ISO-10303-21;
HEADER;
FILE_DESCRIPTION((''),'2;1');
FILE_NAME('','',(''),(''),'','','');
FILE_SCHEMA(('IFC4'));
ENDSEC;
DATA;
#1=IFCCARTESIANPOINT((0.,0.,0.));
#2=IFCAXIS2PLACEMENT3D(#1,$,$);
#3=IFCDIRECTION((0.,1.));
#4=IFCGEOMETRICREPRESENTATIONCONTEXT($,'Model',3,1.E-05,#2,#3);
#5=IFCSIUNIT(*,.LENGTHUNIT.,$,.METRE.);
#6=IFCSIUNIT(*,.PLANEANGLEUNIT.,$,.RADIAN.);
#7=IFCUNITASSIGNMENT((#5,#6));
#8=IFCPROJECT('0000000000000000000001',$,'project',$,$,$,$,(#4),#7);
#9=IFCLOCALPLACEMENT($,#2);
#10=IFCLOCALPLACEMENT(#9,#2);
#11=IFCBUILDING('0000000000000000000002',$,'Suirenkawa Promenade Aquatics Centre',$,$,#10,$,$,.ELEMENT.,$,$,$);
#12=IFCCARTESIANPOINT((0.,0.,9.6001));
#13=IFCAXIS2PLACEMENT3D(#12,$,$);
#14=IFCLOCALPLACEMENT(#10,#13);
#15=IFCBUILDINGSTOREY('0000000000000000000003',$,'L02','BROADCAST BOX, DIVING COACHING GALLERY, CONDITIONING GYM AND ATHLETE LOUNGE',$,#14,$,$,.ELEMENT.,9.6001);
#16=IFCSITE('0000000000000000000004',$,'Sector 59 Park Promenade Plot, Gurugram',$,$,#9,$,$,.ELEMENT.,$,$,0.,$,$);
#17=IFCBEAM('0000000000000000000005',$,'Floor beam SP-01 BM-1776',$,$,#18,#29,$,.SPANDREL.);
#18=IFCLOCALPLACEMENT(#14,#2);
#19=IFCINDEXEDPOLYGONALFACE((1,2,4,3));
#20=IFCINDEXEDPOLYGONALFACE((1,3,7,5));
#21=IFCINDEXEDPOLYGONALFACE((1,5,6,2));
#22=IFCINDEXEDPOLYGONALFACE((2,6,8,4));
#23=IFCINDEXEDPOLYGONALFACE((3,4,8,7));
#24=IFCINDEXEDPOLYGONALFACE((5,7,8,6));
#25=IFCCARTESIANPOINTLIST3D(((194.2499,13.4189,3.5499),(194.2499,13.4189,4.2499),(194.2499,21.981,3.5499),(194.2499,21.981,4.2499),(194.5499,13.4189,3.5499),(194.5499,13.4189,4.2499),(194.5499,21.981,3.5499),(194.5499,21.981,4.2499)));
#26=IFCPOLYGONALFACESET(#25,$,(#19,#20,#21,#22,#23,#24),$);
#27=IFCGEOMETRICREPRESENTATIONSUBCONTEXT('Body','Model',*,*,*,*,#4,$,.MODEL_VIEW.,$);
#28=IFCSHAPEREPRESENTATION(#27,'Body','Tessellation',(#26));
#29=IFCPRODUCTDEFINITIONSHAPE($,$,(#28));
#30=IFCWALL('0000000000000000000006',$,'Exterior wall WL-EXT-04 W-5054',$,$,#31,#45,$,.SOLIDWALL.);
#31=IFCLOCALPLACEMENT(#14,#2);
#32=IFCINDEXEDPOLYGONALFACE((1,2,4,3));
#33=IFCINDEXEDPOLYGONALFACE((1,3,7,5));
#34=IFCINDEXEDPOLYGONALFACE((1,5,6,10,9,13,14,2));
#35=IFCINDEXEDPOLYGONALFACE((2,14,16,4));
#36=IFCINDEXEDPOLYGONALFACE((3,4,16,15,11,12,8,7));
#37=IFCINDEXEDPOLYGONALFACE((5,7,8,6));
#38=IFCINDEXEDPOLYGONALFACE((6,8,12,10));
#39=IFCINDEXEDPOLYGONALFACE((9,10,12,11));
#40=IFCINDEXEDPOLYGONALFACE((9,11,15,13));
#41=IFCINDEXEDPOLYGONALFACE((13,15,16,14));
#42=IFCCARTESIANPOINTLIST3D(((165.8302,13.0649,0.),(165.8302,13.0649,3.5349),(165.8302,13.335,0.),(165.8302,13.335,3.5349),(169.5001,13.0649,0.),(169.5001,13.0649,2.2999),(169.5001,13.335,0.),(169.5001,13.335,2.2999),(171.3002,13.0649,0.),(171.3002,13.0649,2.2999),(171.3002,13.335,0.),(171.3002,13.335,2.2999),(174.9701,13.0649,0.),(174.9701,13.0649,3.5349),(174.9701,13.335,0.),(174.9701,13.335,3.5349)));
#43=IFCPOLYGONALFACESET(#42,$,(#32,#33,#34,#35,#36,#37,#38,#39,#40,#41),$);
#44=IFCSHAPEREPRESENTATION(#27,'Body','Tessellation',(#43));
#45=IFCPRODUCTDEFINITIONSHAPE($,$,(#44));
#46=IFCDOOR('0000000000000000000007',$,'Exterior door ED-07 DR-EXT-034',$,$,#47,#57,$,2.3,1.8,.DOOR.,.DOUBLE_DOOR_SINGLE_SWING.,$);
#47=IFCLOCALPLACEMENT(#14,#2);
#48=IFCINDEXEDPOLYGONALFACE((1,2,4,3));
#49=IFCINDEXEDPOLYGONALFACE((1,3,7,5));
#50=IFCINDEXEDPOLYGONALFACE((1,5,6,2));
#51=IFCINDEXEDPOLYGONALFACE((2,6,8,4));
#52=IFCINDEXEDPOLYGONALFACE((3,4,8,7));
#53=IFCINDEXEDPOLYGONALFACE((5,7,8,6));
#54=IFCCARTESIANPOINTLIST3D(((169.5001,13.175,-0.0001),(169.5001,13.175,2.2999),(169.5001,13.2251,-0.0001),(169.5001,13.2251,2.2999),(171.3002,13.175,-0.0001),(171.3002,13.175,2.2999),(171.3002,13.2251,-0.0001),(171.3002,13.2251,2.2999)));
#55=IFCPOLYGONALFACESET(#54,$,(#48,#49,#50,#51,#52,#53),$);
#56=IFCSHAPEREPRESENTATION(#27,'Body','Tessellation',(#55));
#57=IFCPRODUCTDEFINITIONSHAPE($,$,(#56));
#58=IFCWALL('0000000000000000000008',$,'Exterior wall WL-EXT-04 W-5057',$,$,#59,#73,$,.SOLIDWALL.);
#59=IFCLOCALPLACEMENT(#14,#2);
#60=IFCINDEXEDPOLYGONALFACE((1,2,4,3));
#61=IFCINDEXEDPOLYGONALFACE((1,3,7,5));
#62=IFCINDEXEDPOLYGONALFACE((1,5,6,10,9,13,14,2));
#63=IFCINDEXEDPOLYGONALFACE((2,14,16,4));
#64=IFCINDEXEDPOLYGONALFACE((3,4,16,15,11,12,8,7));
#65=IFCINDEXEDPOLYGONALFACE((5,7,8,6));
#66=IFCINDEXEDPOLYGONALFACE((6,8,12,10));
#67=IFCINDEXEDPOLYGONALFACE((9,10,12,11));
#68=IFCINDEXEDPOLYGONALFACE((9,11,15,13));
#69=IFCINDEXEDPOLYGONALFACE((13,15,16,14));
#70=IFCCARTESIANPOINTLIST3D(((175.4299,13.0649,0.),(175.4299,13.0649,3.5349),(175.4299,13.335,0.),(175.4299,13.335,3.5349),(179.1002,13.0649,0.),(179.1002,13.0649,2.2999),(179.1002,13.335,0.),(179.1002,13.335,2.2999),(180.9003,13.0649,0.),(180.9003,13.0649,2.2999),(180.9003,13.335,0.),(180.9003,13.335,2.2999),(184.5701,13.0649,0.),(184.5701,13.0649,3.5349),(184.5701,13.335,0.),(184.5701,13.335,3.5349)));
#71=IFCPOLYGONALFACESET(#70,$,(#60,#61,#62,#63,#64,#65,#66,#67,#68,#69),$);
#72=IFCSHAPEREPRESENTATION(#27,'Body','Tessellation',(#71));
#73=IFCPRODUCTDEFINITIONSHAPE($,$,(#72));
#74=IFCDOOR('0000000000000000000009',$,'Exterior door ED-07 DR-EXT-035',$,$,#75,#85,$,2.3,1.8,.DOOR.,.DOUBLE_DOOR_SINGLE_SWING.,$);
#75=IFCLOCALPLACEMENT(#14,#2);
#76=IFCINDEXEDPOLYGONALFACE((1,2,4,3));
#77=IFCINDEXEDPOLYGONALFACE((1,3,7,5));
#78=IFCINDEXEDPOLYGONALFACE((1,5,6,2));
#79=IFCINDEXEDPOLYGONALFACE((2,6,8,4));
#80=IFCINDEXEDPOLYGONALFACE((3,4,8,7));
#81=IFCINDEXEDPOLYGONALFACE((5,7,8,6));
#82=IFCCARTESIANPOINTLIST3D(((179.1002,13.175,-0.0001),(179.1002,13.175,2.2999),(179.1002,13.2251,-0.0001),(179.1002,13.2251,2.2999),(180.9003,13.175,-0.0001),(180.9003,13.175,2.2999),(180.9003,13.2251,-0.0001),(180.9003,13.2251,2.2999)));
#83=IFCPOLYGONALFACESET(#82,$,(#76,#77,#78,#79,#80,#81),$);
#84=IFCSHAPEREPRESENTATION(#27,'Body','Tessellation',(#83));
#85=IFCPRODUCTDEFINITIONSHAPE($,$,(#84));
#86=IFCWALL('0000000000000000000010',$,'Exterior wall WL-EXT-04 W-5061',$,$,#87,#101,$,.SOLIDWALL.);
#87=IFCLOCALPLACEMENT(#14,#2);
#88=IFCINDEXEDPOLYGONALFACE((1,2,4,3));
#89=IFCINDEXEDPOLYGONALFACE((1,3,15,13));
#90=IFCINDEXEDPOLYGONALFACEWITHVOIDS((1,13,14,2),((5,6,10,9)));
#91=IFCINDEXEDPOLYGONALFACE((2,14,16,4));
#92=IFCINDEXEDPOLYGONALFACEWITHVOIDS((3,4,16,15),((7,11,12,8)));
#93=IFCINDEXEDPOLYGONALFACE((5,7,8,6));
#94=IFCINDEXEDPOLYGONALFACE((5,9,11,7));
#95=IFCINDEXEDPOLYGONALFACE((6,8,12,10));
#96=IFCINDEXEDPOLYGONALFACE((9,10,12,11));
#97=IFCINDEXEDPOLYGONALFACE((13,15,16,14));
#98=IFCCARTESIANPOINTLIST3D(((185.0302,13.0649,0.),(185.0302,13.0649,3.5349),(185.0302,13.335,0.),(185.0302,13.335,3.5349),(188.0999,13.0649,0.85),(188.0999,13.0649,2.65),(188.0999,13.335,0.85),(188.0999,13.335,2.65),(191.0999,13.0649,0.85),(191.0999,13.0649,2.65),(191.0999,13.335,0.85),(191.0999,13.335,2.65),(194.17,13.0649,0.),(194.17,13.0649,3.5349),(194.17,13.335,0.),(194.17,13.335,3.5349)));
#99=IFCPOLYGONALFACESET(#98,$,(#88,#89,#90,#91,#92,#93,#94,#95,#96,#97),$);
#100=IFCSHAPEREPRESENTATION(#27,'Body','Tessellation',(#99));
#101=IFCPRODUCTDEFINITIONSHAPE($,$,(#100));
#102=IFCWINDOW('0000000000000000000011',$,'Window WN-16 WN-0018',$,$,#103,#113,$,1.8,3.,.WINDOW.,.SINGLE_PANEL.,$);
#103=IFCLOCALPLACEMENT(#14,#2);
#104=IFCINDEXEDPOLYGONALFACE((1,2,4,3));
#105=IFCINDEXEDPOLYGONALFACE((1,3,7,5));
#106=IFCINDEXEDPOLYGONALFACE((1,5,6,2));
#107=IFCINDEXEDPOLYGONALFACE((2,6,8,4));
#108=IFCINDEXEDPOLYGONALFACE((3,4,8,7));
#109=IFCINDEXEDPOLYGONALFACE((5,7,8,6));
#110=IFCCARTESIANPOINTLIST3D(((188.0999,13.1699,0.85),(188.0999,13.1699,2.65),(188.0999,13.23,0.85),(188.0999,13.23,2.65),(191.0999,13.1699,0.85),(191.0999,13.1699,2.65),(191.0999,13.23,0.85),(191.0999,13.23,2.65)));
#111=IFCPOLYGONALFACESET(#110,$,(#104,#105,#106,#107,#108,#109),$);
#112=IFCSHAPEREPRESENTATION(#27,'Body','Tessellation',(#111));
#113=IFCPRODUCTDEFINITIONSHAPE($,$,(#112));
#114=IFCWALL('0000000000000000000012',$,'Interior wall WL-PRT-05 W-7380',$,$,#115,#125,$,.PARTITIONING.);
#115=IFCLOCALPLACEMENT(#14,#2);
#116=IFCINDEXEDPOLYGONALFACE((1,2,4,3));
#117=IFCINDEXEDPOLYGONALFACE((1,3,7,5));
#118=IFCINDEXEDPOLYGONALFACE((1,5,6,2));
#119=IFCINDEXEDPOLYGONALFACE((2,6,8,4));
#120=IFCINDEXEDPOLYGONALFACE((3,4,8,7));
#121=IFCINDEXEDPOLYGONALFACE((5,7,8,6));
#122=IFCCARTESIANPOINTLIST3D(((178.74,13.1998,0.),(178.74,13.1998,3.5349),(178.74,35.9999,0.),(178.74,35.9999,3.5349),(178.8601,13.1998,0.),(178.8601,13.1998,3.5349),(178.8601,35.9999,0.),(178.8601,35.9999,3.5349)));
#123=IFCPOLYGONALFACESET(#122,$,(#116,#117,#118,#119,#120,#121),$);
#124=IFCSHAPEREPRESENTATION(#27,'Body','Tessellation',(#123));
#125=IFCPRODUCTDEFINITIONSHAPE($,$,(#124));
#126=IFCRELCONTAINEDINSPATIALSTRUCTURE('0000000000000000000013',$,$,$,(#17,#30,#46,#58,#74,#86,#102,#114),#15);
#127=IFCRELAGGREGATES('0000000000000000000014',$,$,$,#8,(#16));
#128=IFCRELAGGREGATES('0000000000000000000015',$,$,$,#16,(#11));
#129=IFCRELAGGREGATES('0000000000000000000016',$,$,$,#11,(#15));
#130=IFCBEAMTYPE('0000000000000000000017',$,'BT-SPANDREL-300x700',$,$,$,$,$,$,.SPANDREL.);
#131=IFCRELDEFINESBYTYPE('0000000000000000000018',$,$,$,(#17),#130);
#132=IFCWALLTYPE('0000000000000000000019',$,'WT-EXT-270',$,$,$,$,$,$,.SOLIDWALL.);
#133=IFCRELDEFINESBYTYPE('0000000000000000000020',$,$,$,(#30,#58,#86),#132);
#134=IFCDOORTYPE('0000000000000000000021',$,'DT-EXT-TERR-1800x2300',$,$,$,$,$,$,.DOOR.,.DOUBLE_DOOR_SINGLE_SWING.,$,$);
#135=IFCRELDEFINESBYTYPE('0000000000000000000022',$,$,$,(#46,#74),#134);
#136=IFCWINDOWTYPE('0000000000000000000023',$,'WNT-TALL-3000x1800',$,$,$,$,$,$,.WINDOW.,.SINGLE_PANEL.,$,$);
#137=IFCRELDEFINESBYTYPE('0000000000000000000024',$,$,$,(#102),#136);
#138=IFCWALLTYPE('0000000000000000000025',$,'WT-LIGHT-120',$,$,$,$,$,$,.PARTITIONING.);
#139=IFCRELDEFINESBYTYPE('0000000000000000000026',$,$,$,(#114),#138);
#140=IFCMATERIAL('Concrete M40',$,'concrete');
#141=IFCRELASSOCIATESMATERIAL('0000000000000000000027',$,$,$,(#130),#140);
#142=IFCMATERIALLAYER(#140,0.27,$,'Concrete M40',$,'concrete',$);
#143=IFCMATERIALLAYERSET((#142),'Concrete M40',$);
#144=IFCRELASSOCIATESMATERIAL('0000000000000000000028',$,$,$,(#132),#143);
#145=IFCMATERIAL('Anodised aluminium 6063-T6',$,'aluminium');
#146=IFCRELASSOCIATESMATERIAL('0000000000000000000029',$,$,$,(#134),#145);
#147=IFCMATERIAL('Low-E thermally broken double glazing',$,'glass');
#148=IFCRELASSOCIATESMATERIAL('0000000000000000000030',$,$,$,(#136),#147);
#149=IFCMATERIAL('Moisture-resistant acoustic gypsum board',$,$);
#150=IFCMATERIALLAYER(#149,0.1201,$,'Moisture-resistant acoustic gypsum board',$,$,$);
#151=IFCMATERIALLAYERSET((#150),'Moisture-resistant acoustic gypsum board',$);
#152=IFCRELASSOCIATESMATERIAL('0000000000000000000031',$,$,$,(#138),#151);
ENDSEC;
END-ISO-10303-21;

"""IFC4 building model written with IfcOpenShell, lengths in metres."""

from ifc_helpers import new_model, si_unit, direction, frame, frame_2d, origin, origin_2d, place, context, subcontext, project, spatial, rectangle, extrude, material, layer, layer_set, material_profile, profile_set, type_object, element, fill, save


model = new_model("IFC4")

# Units and contexts
model_context = context("Model", 3, precision=1e-05, world=origin(), true_north=direction((0.0, 1.0)))
body_context = subcontext(model_context, "Body", "Model", "MODEL_VIEW")
ifc_project = project(units=[si_unit("LENGTHUNIT", "METRE"), si_unit("PLANEANGLEUNIT", "RADIAN")], contexts=[model_context])

# Site, building, storey
site_placement = place(None, origin())
site = spatial("IfcSite", under=ifc_project, at=site_placement, Name="Sector 59 Park Promenade Plot, Gurugram", CompositionType="ELEMENT", RefElevation=0.0)
building_placement = place(site_placement, origin())
building = spatial("IfcBuilding", under=site, at=building_placement, Name="Suirenkawa Promenade Aquatics Centre", CompositionType="ELEMENT")
storey_placement = place(building_placement, frame((0.0, 0.0, 9.6001)))
storey = spatial("IfcBuildingStorey", under=building, at=storey_placement, Name="L02", Description="BROADCAST BOX, DIVING COACHING GALLERY, CONDITIONING GYM AND ATHLETE LOUNGE", CompositionType="ELEMENT", Elevation=9.6001)

# Shared definitions
ifc_material_1 = material(Name="Concrete M40", Category="concrete")

# Beam
ifc_material_profile_1 = material_profile(ifc_material_1, rectangle(XDim=0.3, YDim=0.7, at=origin_2d()), Name="RC SPANDREL 300x700", Category="concrete")
ifc_profile_set_1 = profile_set([ifc_material_profile_1], Name="Concrete M40")
beam_type_1 = type_object("IfcBeamType", Name="BT-SPANDREL-300x700", PredefinedType="SPANDREL", material=ifc_profile_set_1)
beam_1_placement = place(storey_placement, frame((194.3999, 13.4189, 3.8999), z_axis=(0.0, 1.0, 0.0), x_axis=(-1.0, 0.0, 0.0)))
element("IfcBeam", 1, at=beam_1_placement, inside=storey, type_object=beam_type_1, Name="Floor beam SP-01 BM-1776", PredefinedType="SPANDREL", context=body_context, shape_type="SweptSolid", body=[
    extrude(rectangle(XDim=0.3, YDim=0.7, at=origin_2d()), origin(), (0.0, 0.0, 1.0), 8.562),
])

# Walls, openings, doors
ifc_layer_1 = layer(ifc_material_1, 0.27, Name="Concrete M40", Category="concrete")
ifc_layer_set_1 = layer_set([ifc_layer_1], Name="Concrete M40")
wall_type_1 = type_object("IfcWallType", Name="WT-EXT-270", PredefinedType="SOLIDWALL", material=ifc_layer_set_1)
wall_1_placement = place(storey_placement, frame((174.97, 13.2, 0.0), z_axis=(0.0, 0.0, 1.0), x_axis=(-1.0, 0.0, 0.0)))
wall_1 = element("IfcWall", 2, at=wall_1_placement, inside=storey, type_object=wall_type_1, Name="Exterior wall WL-EXT-04 W-5054", PredefinedType="SOLIDWALL", context=body_context, shape_type="SweptSolid", body=[
    extrude(rectangle(XDim=9.1399, YDim=0.27, at=frame_2d((4.5698, 0.0))), origin(), (0.0, 0.0, 1.0), 3.5349),
])
opening_1_placement = place(wall_1_placement, frame((3.6699, 0.0, 0.0)))
opening_1 = element("IfcOpeningElement", 3, at=opening_1_placement, cuts=wall_1, PredefinedType="OPENING", context=body_context, shape_type="SweptSolid", body=[
    extrude(rectangle(XDim=1.8, YDim=2.3, at=frame_2d((0.8999, 1.1499))), frame((0.0, 0.145, 0.0), z_axis=(0.0, -1.0, 0.0), x_axis=(1.0, 0.0, 0.0)), (0.0, 0.0, 1.0), 0.29),
])
ifc_material_2 = material(Name="Anodised aluminium 6063-T6", Category="aluminium")
door_type = type_object("IfcDoorType", Name="DT-EXT-TERR-1800x2300", OperationType="DOUBLE_DOOR_SINGLE_SWING", PredefinedType="DOOR", material=ifc_material_2)
door_1_placement = place(opening_1_placement, origin())
door_1 = element("IfcDoor", 4, at=door_1_placement, inside=storey, type_object=door_type, Name="Exterior door ED-07 DR-EXT-034", OperationType="DOUBLE_DOOR_SINGLE_SWING", OverallHeight=2.3, OverallWidth=1.8, PredefinedType="DOOR", context=body_context, shape_type="SweptSolid", body=[
    extrude(rectangle(XDim=1.8, YDim=2.3, at=frame_2d((0.8999, 1.1499))), frame((0.0, 0.0249, 0.0), z_axis=(0.0, -1.0, 0.0), x_axis=(1.0, 0.0, 0.0)), (0.0, 0.0, 1.0), 0.05),
])
fill(opening_1, door_1)
wall_2_placement = place(storey_placement, frame((184.5701, 13.2, 0.0), z_axis=(0.0, 0.0, 1.0), x_axis=(-1.0, 0.0, 0.0)))
wall_2 = element("IfcWall", 5, at=wall_2_placement, inside=storey, type_object=wall_type_1, Name="Exterior wall WL-EXT-04 W-5057", PredefinedType="SOLIDWALL", context=body_context, shape_type="SweptSolid", body=[
    extrude(rectangle(XDim=9.1401, YDim=0.27, at=frame_2d((4.5701, 0.0))), origin(), (0.0, 0.0, 1.0), 3.5349),
])
opening_2_placement = place(wall_2_placement, frame((3.6699, 0.0, 0.0)))
opening_2 = element("IfcOpeningElement", 6, at=opening_2_placement, cuts=wall_2, PredefinedType="OPENING", context=body_context, shape_type="SweptSolid", body=[
    extrude(rectangle(XDim=1.8, YDim=2.3, at=frame_2d((0.8999, 1.1499))), frame((0.0, 0.145, 0.0), z_axis=(0.0, -1.0, 0.0), x_axis=(1.0, 0.0, 0.0)), (0.0, 0.0, 1.0), 0.29),
])
door_2_placement = place(opening_2_placement, origin())
door_2 = element("IfcDoor", 7, at=door_2_placement, inside=storey, type_object=door_type, Name="Exterior door ED-07 DR-EXT-035", OperationType="DOUBLE_DOOR_SINGLE_SWING", OverallHeight=2.3, OverallWidth=1.8, PredefinedType="DOOR", context=body_context, shape_type="SweptSolid", body=[
    extrude(rectangle(XDim=1.8, YDim=2.3, at=frame_2d((0.8999, 1.1499))), frame((0.0, 0.0249, 0.0), z_axis=(0.0, -1.0, 0.0), x_axis=(1.0, 0.0, 0.0)), (0.0, 0.0, 1.0), 0.05),
])
fill(opening_2, door_2)

# Wall, opening, window
wall_3_placement = place(storey_placement, frame((194.1699, 13.2, 0.0), z_axis=(0.0, 0.0, 1.0), x_axis=(-1.0, 0.0, 0.0)))
wall_3 = element("IfcWall", 8, at=wall_3_placement, inside=storey, type_object=wall_type_1, Name="Exterior wall WL-EXT-04 W-5061", PredefinedType="SOLIDWALL", context=body_context, shape_type="SweptSolid", body=[
    extrude(rectangle(XDim=9.1399, YDim=0.27, at=frame_2d((4.5698, 0.0))), origin(), (0.0, 0.0, 1.0), 3.5349),
])
opening_3_placement = place(wall_3_placement, frame((3.0701, 0.0, 0.8501)))
opening_3 = element("IfcOpeningElement", 9, at=opening_3_placement, cuts=wall_3, PredefinedType="OPENING", context=body_context, shape_type="SweptSolid", body=[
    extrude(rectangle(XDim=3.0, YDim=1.8, at=frame_2d((1.5, 0.8999))), frame((0.0, 0.145, 0.0), z_axis=(0.0, -1.0, 0.0), x_axis=(1.0, 0.0, 0.0)), (0.0, 0.0, 1.0), 0.29),
])
ifc_material_3 = material(Name="Low-E thermally broken double glazing", Category="glass")
window_type = type_object("IfcWindowType", Name="WNT-TALL-3000x1800", PartitioningType="SINGLE_PANEL", PredefinedType="WINDOW", material=ifc_material_3)
window_placement = place(opening_3_placement, origin())
window = element("IfcWindow", 10, at=window_placement, inside=storey, type_object=window_type, Name="Window WN-16 WN-0018", OverallHeight=1.8, OverallWidth=3.0, PartitioningType="SINGLE_PANEL", PredefinedType="WINDOW", context=body_context, shape_type="SweptSolid", body=[
    extrude(rectangle(XDim=3.0, YDim=1.8, at=frame_2d((1.5, 0.8999))), frame((0.0, 0.03, 0.0), z_axis=(0.0, -1.0, 0.0), x_axis=(1.0, 0.0, 0.0)), (0.0, 0.0, 1.0), 0.0601),
])
fill(opening_3, window)

# Wall
ifc_material_4 = material(Name="Moisture-resistant acoustic gypsum board")
ifc_layer_2 = layer(ifc_material_4, 0.1201, Name="Moisture-resistant acoustic gypsum board")
ifc_layer_set_2 = layer_set([ifc_layer_2], Name="Moisture-resistant acoustic gypsum board")
wall_type_2 = type_object("IfcWallType", Name="WT-LIGHT-120", PredefinedType="PARTITIONING", material=ifc_layer_set_2)
wall_4_placement = place(storey_placement, frame((178.8, 13.2, 0.0), z_axis=(0.0, 0.0, 1.0), x_axis=(0.0, 1.0, 0.0)))
element("IfcWall", 11, at=wall_4_placement, inside=storey, type_object=wall_type_2, Name="Interior wall WL-PRT-05 W-7380", PredefinedType="PARTITIONING", context=body_context, shape_type="SweptSolid", body=[
    extrude(rectangle(XDim=22.8, YDim=0.1201, at=frame_2d((11.3999, 0.0))), origin(), (0.0, 0.0, 1.0), 3.5349),
])

save(model, "model.ifc")
